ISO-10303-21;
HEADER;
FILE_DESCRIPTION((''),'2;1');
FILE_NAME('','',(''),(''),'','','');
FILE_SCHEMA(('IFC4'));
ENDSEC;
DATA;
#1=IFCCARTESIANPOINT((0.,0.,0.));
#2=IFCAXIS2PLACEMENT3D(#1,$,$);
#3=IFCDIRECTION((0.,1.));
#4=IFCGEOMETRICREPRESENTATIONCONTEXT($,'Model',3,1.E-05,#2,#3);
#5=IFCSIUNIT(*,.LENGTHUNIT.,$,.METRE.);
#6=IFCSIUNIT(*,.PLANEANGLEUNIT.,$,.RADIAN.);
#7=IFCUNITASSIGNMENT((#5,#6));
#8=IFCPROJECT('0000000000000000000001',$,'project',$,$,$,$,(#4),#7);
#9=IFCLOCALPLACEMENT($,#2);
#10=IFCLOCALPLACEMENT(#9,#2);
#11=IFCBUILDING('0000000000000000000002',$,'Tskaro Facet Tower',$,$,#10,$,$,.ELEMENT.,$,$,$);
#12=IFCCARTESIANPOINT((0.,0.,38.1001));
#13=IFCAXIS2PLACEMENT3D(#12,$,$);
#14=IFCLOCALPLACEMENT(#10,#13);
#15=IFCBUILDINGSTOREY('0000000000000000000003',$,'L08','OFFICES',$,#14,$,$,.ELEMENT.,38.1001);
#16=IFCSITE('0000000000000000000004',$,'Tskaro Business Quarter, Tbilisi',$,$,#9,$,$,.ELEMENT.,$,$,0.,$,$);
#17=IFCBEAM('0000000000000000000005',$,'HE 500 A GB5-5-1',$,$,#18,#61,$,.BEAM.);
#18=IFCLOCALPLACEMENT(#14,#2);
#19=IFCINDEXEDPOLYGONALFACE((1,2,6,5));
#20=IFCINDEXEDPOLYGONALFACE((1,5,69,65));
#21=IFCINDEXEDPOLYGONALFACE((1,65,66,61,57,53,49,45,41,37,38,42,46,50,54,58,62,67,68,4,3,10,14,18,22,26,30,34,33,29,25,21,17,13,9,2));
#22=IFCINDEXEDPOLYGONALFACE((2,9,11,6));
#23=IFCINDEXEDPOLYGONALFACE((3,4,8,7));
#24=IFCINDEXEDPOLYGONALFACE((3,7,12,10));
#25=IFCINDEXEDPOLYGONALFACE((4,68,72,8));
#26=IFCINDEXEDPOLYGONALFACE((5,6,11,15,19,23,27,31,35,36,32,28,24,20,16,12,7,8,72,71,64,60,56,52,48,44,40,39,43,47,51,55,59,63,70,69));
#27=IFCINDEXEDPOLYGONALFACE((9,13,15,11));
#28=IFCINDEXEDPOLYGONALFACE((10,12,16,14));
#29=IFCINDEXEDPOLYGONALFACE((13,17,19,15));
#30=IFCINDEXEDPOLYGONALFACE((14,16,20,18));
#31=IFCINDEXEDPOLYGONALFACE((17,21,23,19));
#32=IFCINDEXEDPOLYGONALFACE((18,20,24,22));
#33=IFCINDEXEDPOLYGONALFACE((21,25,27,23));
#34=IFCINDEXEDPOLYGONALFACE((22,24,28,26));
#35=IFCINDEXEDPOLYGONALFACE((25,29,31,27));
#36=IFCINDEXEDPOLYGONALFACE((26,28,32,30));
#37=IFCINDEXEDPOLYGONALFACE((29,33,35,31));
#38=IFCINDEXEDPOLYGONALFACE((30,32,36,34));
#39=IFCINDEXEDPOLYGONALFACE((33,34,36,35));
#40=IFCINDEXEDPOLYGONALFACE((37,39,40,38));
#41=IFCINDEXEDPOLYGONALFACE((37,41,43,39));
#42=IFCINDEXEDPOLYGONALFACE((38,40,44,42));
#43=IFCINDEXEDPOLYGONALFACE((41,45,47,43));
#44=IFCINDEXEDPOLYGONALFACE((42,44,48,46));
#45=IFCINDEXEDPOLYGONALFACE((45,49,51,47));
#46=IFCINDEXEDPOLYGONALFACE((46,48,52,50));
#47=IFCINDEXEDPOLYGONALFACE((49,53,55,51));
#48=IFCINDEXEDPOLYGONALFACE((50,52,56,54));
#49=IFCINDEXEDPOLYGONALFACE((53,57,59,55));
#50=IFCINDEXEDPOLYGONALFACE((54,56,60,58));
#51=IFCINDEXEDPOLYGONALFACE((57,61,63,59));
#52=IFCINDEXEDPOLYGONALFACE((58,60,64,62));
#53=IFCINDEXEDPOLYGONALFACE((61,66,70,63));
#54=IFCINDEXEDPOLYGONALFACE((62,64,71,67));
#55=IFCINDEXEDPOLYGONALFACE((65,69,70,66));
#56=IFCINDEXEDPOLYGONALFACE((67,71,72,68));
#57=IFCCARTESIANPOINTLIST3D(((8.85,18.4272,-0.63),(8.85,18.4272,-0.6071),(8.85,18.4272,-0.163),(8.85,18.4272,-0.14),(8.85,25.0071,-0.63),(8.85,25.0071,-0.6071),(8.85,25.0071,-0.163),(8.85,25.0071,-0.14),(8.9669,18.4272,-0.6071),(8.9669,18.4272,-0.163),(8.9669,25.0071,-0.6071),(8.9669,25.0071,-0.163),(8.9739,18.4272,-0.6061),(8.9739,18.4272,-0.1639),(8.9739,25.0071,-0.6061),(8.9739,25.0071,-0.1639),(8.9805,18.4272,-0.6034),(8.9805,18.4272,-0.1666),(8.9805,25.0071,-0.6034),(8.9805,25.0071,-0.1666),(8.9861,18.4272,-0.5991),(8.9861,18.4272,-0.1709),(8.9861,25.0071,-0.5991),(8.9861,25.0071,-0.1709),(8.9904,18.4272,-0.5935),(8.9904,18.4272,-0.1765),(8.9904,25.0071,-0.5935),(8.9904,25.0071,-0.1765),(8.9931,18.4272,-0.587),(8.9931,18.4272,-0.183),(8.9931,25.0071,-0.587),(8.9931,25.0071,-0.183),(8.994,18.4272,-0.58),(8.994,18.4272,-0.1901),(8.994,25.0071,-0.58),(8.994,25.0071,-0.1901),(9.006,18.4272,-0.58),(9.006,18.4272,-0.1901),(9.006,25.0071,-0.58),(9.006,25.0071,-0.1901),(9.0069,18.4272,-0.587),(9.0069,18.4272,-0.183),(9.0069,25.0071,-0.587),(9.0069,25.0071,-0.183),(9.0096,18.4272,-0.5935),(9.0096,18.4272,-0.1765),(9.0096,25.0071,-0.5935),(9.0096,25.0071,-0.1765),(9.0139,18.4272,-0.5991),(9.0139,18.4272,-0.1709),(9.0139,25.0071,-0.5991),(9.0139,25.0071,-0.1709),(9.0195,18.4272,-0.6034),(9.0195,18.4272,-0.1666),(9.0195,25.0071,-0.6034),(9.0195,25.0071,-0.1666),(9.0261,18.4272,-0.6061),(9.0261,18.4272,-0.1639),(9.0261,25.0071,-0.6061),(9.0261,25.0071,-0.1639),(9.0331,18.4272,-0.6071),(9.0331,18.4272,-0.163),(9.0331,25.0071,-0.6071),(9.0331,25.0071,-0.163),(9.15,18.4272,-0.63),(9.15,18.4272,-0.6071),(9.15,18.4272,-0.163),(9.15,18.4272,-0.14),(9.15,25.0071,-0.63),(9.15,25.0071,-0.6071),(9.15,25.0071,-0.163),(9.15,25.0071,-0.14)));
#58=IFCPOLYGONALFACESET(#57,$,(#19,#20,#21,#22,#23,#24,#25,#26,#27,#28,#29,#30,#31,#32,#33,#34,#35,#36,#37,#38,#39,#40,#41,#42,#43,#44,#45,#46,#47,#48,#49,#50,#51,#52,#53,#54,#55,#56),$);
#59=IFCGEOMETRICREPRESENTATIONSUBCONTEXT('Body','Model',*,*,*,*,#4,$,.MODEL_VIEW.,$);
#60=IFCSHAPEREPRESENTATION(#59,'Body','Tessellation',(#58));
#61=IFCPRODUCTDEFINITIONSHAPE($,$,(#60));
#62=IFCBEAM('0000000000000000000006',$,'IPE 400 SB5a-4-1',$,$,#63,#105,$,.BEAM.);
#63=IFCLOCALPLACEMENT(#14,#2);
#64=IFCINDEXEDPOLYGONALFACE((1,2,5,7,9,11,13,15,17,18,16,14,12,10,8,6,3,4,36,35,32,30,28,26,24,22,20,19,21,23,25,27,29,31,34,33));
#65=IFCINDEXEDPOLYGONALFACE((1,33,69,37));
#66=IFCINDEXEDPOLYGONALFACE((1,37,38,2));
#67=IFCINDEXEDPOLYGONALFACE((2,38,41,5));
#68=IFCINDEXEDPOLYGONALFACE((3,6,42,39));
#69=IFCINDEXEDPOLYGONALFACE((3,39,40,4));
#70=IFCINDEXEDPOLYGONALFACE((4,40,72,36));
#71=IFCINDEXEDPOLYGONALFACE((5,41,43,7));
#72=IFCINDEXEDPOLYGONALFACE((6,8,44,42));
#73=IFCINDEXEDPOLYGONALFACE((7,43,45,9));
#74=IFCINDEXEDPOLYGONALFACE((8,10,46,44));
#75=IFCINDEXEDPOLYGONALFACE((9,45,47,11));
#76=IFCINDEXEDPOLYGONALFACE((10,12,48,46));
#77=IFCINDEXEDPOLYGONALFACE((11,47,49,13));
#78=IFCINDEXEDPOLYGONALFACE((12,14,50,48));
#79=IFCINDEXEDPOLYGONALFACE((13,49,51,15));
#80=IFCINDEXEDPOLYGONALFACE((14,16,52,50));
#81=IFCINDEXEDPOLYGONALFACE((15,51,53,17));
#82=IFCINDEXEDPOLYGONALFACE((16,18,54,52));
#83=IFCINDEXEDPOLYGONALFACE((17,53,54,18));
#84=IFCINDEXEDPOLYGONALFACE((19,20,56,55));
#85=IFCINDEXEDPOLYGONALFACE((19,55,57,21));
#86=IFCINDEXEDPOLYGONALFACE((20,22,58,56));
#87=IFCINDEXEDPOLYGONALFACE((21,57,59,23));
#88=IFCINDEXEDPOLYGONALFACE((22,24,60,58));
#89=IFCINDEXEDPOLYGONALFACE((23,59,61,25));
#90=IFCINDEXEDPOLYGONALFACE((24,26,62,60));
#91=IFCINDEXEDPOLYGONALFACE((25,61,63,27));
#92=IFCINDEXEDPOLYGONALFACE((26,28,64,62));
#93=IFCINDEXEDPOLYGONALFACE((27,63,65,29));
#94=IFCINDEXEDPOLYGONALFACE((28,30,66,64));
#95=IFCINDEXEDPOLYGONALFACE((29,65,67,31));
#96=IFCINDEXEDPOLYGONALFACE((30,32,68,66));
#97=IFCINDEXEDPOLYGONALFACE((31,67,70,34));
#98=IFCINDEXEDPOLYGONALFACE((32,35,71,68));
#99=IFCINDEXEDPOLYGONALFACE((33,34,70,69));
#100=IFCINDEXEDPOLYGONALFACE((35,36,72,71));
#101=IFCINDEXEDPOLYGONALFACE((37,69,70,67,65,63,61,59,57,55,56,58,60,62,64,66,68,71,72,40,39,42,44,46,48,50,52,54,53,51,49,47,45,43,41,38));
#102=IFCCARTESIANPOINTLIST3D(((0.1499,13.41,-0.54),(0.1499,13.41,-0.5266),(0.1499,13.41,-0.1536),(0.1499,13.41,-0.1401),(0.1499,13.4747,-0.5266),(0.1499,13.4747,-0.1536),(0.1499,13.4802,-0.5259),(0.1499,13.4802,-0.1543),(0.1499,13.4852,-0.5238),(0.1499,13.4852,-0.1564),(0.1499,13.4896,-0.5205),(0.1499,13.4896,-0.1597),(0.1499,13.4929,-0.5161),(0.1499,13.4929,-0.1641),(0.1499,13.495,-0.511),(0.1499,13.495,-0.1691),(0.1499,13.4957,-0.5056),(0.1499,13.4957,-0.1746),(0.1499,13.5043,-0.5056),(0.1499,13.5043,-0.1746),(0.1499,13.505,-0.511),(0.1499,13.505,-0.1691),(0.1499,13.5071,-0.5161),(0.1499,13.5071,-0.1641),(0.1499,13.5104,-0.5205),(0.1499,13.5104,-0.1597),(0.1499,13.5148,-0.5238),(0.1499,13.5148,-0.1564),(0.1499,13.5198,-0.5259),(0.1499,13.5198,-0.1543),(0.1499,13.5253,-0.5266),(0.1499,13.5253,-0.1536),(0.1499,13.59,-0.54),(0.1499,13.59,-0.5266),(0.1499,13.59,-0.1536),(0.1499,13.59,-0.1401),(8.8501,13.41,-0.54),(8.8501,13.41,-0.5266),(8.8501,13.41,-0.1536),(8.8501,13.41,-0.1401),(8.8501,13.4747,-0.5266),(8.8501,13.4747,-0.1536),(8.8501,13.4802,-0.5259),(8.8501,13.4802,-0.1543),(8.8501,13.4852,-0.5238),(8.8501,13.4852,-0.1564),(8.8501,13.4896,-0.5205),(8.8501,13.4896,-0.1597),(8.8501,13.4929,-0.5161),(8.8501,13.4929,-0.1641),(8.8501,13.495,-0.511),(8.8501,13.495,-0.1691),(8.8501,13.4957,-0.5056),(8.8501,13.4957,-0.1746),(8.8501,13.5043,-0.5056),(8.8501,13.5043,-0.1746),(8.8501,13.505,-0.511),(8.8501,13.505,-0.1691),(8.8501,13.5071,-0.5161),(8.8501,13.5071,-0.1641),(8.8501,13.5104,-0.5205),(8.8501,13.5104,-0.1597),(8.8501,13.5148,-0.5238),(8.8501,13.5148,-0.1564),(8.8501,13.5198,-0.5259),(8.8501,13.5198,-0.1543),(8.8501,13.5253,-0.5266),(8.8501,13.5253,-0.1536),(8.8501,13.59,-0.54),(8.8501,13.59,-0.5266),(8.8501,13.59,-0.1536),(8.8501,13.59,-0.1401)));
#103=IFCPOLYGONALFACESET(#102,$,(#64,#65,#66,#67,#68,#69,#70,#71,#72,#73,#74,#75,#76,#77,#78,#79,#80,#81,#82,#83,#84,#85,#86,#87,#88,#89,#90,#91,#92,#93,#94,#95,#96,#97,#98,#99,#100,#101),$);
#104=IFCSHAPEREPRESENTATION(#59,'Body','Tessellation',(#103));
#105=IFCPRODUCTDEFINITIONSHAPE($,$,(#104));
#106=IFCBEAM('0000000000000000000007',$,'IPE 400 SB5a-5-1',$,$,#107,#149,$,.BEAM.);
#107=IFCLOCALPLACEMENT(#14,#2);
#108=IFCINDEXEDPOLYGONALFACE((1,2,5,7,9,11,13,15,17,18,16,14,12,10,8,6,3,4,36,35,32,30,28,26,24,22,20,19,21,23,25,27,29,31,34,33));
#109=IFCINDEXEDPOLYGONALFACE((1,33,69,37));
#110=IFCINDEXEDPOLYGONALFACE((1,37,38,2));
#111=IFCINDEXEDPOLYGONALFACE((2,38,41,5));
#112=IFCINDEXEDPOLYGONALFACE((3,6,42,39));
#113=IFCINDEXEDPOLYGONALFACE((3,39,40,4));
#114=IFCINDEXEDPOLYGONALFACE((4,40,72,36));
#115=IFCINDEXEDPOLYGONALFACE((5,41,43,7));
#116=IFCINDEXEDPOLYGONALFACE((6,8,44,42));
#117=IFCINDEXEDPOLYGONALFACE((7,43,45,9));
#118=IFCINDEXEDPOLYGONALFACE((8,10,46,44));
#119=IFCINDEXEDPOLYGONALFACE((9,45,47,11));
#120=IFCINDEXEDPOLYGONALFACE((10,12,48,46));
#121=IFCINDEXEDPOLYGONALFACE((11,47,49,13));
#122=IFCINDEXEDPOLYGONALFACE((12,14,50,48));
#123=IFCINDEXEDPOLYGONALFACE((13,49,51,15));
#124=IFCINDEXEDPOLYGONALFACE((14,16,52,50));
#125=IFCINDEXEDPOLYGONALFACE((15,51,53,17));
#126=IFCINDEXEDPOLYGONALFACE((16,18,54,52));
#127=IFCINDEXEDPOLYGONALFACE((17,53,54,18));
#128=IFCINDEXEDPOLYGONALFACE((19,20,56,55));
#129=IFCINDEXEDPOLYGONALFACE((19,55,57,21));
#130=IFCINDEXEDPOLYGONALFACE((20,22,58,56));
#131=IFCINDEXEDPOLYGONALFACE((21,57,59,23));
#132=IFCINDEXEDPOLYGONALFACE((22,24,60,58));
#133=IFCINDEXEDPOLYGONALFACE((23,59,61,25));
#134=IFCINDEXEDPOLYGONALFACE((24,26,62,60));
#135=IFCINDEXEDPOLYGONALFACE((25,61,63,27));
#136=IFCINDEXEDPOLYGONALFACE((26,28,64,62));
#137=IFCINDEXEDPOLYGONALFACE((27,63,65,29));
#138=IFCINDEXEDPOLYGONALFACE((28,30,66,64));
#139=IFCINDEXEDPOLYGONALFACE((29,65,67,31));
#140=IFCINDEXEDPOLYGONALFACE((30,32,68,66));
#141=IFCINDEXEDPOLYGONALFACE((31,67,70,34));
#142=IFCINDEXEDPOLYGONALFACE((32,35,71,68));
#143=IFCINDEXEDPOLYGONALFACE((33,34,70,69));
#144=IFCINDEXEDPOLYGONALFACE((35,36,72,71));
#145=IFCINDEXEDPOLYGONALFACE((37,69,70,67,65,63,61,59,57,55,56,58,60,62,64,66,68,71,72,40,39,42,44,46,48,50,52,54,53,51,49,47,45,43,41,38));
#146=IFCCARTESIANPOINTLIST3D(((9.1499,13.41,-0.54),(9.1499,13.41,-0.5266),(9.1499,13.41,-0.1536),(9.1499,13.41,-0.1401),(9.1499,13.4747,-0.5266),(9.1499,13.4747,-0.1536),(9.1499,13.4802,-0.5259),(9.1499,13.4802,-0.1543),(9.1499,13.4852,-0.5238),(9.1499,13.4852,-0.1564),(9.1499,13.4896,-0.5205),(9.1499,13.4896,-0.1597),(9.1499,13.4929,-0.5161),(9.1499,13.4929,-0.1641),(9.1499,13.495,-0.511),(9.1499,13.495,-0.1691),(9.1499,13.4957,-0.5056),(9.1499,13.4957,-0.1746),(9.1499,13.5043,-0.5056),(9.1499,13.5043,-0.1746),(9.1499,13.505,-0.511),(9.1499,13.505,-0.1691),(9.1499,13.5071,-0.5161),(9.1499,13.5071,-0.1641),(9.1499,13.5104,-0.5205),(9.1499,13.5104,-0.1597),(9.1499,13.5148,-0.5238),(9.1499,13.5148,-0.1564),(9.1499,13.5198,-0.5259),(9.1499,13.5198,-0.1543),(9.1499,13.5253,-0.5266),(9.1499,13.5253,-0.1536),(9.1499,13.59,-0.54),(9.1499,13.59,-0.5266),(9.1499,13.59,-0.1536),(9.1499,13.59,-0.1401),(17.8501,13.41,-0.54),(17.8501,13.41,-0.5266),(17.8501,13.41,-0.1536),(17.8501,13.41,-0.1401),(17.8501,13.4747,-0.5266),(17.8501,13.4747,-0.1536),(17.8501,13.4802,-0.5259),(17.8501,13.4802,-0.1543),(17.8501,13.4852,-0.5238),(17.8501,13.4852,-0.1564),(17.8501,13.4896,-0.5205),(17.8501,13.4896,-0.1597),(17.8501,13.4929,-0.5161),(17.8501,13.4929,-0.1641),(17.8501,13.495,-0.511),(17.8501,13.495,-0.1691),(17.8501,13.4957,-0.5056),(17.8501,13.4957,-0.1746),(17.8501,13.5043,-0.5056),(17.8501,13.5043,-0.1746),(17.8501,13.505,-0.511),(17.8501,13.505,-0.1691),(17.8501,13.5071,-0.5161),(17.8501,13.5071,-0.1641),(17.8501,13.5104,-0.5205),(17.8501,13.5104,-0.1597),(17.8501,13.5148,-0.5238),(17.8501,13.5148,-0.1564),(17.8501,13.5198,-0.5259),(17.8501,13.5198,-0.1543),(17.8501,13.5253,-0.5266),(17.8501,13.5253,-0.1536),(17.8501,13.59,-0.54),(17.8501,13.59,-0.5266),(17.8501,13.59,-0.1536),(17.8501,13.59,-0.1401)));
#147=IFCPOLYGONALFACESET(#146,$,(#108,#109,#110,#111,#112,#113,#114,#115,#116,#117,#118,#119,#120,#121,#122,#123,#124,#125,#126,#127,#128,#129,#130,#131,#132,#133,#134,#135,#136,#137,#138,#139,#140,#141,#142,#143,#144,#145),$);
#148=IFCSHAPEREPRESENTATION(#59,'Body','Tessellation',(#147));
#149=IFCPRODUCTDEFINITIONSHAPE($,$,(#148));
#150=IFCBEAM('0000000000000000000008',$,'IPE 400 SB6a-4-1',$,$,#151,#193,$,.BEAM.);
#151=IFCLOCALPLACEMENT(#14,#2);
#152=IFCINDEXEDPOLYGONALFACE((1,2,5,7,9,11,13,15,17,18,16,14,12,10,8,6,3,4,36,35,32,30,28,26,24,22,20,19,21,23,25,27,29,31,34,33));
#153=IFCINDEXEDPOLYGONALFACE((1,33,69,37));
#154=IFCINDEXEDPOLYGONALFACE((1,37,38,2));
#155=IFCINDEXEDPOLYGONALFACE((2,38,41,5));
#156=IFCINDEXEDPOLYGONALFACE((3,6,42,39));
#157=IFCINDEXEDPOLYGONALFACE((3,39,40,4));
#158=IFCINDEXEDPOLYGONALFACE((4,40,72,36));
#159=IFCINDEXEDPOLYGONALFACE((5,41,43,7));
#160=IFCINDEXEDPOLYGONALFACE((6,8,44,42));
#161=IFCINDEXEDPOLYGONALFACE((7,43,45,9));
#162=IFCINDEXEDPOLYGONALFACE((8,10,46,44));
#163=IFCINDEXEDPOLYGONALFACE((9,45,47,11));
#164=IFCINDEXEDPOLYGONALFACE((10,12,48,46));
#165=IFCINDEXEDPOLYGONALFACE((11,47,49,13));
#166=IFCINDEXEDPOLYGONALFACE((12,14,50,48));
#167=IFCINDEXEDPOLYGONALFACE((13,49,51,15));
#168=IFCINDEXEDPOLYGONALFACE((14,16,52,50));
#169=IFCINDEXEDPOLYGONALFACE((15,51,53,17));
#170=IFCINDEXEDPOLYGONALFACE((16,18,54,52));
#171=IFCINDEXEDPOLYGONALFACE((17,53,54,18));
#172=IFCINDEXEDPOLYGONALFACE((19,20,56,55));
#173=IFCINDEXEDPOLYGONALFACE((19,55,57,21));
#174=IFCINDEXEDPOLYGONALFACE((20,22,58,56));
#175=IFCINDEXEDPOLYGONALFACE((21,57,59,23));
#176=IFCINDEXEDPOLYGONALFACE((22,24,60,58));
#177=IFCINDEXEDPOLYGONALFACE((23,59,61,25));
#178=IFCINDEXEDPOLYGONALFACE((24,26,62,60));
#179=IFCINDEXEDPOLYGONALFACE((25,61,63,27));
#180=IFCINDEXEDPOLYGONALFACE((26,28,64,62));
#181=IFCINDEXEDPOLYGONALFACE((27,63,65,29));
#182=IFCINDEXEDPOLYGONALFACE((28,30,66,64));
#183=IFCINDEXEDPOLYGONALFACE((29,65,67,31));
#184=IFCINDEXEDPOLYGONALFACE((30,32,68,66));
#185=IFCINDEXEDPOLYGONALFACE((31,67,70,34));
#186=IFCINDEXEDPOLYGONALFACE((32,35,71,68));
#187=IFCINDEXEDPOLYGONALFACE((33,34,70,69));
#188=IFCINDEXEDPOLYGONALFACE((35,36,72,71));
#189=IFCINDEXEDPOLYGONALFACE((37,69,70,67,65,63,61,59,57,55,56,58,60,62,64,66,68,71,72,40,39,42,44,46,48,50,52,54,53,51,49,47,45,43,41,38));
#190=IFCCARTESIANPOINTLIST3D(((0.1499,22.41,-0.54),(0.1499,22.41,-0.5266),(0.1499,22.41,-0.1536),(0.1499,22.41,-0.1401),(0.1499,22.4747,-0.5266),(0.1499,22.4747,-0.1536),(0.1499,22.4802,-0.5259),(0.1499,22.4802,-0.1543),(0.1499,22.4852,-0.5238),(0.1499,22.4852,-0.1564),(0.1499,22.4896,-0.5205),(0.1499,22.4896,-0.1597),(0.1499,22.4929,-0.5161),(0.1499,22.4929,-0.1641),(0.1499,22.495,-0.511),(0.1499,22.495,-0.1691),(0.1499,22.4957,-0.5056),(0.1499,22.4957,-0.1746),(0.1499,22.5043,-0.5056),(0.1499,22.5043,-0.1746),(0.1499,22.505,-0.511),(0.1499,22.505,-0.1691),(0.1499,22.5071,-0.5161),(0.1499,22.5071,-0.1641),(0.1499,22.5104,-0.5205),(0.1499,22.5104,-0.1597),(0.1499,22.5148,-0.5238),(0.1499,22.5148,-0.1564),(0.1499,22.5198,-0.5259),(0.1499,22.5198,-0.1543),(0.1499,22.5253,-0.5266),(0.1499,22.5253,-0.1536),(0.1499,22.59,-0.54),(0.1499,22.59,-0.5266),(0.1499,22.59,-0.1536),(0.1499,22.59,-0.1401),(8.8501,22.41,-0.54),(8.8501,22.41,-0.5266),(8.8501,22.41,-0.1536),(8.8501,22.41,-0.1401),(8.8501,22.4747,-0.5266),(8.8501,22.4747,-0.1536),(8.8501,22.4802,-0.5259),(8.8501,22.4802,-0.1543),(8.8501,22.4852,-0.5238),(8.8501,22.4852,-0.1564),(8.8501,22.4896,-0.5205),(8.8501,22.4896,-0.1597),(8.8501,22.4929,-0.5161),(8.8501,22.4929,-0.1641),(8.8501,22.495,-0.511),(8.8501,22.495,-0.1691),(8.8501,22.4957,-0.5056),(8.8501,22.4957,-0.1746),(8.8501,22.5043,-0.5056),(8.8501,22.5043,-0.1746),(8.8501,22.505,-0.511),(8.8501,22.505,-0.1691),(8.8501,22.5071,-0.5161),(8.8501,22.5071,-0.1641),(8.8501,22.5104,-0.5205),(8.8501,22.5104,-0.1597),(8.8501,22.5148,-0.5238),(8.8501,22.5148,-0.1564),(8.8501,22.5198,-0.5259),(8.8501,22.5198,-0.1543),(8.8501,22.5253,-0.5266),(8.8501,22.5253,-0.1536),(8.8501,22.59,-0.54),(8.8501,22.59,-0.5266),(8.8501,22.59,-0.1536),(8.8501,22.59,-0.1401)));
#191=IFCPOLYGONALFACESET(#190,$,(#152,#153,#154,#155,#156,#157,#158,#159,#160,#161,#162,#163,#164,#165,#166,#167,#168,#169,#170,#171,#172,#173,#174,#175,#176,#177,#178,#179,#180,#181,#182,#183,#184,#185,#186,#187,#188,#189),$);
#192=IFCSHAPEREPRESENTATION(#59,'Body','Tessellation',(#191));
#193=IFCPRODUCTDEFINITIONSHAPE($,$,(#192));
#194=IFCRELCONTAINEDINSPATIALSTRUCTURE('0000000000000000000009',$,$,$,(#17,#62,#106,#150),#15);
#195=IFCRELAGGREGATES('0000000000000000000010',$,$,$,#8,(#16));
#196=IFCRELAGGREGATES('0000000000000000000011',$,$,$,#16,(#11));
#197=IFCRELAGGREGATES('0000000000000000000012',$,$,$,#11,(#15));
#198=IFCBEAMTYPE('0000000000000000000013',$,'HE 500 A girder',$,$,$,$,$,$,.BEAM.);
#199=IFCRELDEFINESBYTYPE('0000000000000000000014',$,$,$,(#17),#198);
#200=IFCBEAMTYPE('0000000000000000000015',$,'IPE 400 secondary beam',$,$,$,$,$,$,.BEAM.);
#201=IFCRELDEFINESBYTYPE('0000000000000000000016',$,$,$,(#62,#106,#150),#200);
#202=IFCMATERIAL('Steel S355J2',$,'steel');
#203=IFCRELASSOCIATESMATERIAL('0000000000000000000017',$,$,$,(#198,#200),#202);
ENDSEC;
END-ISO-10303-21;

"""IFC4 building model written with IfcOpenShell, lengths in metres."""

from ifc_helpers import new_model, si_unit, direction, frame, origin, origin_2d, place, context, subcontext, project, spatial, i_section, extrude, material, material_profile, profile_set, type_object, element, save


model = new_model("IFC4")

# Units and contexts
model_context = context("Model", 3, precision=1e-05, world=origin(), true_north=direction((0.0, 1.0)))
body_context = subcontext(model_context, "Body", "Model", "MODEL_VIEW")
ifc_project = project(units=[si_unit("LENGTHUNIT", "METRE"), si_unit("PLANEANGLEUNIT", "RADIAN")], contexts=[model_context])

# Site, building, storey
site_placement = place(None, origin())
site = spatial("IfcSite", under=ifc_project, at=site_placement, Name="Tskaro Business Quarter, Tbilisi", CompositionType="ELEMENT", RefElevation=0.0)
building_placement = place(site_placement, origin())
building = spatial("IfcBuilding", under=site, at=building_placement, Name="Tskaro Facet Tower", CompositionType="ELEMENT")
storey_placement = place(building_placement, frame((0.0, 0.0, 38.1001)))
storey = spatial("IfcBuildingStorey", under=building, at=storey_placement, Name="L08", Description="OFFICES", CompositionType="ELEMENT", Elevation=38.1001)

# Beams
ifc_material_1 = material(Name="Steel S355J2", Category="steel")
ifc_material_profile_1 = material_profile(ifc_material_1, i_section(OverallWidth=0.3, OverallDepth=0.49, WebThickness=0.012, FlangeThickness=0.0229, FilletRadius=0.0271, at=origin_2d()), Name="HE 500 A")
ifc_profile_set_1 = profile_set([ifc_material_profile_1], Name="Steel S355J2")
beam_type_1 = type_object("IfcBeamType", Name="HE 500 A girder", PredefinedType="BEAM", material=ifc_profile_set_1)
for number, where, z_axis, x_axis, name in (
    (1, (9.0, 18.4272, -0.385), (0.0, 1.0, 0.0), (-1.0, 0.0, 0.0), "HE 500 A GB5-5-1"),
):
    element("IfcBeam", number, at=place(storey_placement, frame(where, z_axis=z_axis, x_axis=x_axis)), inside=storey, type_object=beam_type_1, Name=name, PredefinedType="BEAM", context=body_context, shape_type="SweptSolid", body=[
        extrude(i_section(OverallWidth=0.3, OverallDepth=0.49, WebThickness=0.012, FlangeThickness=0.0229, FilletRadius=0.0271, at=origin_2d()), origin(), (0.0, 0.0, 1.0), 6.5798),
    ])
ifc_material_profile_2 = material_profile(ifc_material_1, i_section(OverallWidth=0.1799, OverallDepth=0.3999, WebThickness=0.0085, FlangeThickness=0.0134, FilletRadius=0.021, at=origin_2d()), Name="IPE 400")
ifc_profile_set_2 = profile_set([ifc_material_profile_2], Name="Steel S355J2")
beam_type_2 = type_object("IfcBeamType", Name="IPE 400 secondary beam", PredefinedType="BEAM", material=ifc_profile_set_2)
for number, where, z_axis, x_axis, name in (
    (2, (0.1499, 13.5, -0.3401), (1.0, 0.0, 0.0), (0.0, 1.0, 0.0), "IPE 400 SB5a-4-1"),
    (3, (9.1499, 13.5, -0.3401), (1.0, 0.0, 0.0), (0.0, 1.0, 0.0), "IPE 400 SB5a-5-1"),
    (4, (0.1499, 22.5, -0.3401), (1.0, 0.0, 0.0), (0.0, 1.0, 0.0), "IPE 400 SB6a-4-1"),
):
    element("IfcBeam", number, at=place(storey_placement, frame(where, z_axis=z_axis, x_axis=x_axis)), inside=storey, type_object=beam_type_2, Name=name, PredefinedType="BEAM", context=body_context, shape_type="SweptSolid", body=[
        extrude(i_section(OverallWidth=0.1799, OverallDepth=0.3999, WebThickness=0.0085, FlangeThickness=0.0134, FilletRadius=0.021, at=origin_2d()), origin(), (0.0, 0.0, 1.0), 8.7002),
    ])

save(model, "model.ifc")
